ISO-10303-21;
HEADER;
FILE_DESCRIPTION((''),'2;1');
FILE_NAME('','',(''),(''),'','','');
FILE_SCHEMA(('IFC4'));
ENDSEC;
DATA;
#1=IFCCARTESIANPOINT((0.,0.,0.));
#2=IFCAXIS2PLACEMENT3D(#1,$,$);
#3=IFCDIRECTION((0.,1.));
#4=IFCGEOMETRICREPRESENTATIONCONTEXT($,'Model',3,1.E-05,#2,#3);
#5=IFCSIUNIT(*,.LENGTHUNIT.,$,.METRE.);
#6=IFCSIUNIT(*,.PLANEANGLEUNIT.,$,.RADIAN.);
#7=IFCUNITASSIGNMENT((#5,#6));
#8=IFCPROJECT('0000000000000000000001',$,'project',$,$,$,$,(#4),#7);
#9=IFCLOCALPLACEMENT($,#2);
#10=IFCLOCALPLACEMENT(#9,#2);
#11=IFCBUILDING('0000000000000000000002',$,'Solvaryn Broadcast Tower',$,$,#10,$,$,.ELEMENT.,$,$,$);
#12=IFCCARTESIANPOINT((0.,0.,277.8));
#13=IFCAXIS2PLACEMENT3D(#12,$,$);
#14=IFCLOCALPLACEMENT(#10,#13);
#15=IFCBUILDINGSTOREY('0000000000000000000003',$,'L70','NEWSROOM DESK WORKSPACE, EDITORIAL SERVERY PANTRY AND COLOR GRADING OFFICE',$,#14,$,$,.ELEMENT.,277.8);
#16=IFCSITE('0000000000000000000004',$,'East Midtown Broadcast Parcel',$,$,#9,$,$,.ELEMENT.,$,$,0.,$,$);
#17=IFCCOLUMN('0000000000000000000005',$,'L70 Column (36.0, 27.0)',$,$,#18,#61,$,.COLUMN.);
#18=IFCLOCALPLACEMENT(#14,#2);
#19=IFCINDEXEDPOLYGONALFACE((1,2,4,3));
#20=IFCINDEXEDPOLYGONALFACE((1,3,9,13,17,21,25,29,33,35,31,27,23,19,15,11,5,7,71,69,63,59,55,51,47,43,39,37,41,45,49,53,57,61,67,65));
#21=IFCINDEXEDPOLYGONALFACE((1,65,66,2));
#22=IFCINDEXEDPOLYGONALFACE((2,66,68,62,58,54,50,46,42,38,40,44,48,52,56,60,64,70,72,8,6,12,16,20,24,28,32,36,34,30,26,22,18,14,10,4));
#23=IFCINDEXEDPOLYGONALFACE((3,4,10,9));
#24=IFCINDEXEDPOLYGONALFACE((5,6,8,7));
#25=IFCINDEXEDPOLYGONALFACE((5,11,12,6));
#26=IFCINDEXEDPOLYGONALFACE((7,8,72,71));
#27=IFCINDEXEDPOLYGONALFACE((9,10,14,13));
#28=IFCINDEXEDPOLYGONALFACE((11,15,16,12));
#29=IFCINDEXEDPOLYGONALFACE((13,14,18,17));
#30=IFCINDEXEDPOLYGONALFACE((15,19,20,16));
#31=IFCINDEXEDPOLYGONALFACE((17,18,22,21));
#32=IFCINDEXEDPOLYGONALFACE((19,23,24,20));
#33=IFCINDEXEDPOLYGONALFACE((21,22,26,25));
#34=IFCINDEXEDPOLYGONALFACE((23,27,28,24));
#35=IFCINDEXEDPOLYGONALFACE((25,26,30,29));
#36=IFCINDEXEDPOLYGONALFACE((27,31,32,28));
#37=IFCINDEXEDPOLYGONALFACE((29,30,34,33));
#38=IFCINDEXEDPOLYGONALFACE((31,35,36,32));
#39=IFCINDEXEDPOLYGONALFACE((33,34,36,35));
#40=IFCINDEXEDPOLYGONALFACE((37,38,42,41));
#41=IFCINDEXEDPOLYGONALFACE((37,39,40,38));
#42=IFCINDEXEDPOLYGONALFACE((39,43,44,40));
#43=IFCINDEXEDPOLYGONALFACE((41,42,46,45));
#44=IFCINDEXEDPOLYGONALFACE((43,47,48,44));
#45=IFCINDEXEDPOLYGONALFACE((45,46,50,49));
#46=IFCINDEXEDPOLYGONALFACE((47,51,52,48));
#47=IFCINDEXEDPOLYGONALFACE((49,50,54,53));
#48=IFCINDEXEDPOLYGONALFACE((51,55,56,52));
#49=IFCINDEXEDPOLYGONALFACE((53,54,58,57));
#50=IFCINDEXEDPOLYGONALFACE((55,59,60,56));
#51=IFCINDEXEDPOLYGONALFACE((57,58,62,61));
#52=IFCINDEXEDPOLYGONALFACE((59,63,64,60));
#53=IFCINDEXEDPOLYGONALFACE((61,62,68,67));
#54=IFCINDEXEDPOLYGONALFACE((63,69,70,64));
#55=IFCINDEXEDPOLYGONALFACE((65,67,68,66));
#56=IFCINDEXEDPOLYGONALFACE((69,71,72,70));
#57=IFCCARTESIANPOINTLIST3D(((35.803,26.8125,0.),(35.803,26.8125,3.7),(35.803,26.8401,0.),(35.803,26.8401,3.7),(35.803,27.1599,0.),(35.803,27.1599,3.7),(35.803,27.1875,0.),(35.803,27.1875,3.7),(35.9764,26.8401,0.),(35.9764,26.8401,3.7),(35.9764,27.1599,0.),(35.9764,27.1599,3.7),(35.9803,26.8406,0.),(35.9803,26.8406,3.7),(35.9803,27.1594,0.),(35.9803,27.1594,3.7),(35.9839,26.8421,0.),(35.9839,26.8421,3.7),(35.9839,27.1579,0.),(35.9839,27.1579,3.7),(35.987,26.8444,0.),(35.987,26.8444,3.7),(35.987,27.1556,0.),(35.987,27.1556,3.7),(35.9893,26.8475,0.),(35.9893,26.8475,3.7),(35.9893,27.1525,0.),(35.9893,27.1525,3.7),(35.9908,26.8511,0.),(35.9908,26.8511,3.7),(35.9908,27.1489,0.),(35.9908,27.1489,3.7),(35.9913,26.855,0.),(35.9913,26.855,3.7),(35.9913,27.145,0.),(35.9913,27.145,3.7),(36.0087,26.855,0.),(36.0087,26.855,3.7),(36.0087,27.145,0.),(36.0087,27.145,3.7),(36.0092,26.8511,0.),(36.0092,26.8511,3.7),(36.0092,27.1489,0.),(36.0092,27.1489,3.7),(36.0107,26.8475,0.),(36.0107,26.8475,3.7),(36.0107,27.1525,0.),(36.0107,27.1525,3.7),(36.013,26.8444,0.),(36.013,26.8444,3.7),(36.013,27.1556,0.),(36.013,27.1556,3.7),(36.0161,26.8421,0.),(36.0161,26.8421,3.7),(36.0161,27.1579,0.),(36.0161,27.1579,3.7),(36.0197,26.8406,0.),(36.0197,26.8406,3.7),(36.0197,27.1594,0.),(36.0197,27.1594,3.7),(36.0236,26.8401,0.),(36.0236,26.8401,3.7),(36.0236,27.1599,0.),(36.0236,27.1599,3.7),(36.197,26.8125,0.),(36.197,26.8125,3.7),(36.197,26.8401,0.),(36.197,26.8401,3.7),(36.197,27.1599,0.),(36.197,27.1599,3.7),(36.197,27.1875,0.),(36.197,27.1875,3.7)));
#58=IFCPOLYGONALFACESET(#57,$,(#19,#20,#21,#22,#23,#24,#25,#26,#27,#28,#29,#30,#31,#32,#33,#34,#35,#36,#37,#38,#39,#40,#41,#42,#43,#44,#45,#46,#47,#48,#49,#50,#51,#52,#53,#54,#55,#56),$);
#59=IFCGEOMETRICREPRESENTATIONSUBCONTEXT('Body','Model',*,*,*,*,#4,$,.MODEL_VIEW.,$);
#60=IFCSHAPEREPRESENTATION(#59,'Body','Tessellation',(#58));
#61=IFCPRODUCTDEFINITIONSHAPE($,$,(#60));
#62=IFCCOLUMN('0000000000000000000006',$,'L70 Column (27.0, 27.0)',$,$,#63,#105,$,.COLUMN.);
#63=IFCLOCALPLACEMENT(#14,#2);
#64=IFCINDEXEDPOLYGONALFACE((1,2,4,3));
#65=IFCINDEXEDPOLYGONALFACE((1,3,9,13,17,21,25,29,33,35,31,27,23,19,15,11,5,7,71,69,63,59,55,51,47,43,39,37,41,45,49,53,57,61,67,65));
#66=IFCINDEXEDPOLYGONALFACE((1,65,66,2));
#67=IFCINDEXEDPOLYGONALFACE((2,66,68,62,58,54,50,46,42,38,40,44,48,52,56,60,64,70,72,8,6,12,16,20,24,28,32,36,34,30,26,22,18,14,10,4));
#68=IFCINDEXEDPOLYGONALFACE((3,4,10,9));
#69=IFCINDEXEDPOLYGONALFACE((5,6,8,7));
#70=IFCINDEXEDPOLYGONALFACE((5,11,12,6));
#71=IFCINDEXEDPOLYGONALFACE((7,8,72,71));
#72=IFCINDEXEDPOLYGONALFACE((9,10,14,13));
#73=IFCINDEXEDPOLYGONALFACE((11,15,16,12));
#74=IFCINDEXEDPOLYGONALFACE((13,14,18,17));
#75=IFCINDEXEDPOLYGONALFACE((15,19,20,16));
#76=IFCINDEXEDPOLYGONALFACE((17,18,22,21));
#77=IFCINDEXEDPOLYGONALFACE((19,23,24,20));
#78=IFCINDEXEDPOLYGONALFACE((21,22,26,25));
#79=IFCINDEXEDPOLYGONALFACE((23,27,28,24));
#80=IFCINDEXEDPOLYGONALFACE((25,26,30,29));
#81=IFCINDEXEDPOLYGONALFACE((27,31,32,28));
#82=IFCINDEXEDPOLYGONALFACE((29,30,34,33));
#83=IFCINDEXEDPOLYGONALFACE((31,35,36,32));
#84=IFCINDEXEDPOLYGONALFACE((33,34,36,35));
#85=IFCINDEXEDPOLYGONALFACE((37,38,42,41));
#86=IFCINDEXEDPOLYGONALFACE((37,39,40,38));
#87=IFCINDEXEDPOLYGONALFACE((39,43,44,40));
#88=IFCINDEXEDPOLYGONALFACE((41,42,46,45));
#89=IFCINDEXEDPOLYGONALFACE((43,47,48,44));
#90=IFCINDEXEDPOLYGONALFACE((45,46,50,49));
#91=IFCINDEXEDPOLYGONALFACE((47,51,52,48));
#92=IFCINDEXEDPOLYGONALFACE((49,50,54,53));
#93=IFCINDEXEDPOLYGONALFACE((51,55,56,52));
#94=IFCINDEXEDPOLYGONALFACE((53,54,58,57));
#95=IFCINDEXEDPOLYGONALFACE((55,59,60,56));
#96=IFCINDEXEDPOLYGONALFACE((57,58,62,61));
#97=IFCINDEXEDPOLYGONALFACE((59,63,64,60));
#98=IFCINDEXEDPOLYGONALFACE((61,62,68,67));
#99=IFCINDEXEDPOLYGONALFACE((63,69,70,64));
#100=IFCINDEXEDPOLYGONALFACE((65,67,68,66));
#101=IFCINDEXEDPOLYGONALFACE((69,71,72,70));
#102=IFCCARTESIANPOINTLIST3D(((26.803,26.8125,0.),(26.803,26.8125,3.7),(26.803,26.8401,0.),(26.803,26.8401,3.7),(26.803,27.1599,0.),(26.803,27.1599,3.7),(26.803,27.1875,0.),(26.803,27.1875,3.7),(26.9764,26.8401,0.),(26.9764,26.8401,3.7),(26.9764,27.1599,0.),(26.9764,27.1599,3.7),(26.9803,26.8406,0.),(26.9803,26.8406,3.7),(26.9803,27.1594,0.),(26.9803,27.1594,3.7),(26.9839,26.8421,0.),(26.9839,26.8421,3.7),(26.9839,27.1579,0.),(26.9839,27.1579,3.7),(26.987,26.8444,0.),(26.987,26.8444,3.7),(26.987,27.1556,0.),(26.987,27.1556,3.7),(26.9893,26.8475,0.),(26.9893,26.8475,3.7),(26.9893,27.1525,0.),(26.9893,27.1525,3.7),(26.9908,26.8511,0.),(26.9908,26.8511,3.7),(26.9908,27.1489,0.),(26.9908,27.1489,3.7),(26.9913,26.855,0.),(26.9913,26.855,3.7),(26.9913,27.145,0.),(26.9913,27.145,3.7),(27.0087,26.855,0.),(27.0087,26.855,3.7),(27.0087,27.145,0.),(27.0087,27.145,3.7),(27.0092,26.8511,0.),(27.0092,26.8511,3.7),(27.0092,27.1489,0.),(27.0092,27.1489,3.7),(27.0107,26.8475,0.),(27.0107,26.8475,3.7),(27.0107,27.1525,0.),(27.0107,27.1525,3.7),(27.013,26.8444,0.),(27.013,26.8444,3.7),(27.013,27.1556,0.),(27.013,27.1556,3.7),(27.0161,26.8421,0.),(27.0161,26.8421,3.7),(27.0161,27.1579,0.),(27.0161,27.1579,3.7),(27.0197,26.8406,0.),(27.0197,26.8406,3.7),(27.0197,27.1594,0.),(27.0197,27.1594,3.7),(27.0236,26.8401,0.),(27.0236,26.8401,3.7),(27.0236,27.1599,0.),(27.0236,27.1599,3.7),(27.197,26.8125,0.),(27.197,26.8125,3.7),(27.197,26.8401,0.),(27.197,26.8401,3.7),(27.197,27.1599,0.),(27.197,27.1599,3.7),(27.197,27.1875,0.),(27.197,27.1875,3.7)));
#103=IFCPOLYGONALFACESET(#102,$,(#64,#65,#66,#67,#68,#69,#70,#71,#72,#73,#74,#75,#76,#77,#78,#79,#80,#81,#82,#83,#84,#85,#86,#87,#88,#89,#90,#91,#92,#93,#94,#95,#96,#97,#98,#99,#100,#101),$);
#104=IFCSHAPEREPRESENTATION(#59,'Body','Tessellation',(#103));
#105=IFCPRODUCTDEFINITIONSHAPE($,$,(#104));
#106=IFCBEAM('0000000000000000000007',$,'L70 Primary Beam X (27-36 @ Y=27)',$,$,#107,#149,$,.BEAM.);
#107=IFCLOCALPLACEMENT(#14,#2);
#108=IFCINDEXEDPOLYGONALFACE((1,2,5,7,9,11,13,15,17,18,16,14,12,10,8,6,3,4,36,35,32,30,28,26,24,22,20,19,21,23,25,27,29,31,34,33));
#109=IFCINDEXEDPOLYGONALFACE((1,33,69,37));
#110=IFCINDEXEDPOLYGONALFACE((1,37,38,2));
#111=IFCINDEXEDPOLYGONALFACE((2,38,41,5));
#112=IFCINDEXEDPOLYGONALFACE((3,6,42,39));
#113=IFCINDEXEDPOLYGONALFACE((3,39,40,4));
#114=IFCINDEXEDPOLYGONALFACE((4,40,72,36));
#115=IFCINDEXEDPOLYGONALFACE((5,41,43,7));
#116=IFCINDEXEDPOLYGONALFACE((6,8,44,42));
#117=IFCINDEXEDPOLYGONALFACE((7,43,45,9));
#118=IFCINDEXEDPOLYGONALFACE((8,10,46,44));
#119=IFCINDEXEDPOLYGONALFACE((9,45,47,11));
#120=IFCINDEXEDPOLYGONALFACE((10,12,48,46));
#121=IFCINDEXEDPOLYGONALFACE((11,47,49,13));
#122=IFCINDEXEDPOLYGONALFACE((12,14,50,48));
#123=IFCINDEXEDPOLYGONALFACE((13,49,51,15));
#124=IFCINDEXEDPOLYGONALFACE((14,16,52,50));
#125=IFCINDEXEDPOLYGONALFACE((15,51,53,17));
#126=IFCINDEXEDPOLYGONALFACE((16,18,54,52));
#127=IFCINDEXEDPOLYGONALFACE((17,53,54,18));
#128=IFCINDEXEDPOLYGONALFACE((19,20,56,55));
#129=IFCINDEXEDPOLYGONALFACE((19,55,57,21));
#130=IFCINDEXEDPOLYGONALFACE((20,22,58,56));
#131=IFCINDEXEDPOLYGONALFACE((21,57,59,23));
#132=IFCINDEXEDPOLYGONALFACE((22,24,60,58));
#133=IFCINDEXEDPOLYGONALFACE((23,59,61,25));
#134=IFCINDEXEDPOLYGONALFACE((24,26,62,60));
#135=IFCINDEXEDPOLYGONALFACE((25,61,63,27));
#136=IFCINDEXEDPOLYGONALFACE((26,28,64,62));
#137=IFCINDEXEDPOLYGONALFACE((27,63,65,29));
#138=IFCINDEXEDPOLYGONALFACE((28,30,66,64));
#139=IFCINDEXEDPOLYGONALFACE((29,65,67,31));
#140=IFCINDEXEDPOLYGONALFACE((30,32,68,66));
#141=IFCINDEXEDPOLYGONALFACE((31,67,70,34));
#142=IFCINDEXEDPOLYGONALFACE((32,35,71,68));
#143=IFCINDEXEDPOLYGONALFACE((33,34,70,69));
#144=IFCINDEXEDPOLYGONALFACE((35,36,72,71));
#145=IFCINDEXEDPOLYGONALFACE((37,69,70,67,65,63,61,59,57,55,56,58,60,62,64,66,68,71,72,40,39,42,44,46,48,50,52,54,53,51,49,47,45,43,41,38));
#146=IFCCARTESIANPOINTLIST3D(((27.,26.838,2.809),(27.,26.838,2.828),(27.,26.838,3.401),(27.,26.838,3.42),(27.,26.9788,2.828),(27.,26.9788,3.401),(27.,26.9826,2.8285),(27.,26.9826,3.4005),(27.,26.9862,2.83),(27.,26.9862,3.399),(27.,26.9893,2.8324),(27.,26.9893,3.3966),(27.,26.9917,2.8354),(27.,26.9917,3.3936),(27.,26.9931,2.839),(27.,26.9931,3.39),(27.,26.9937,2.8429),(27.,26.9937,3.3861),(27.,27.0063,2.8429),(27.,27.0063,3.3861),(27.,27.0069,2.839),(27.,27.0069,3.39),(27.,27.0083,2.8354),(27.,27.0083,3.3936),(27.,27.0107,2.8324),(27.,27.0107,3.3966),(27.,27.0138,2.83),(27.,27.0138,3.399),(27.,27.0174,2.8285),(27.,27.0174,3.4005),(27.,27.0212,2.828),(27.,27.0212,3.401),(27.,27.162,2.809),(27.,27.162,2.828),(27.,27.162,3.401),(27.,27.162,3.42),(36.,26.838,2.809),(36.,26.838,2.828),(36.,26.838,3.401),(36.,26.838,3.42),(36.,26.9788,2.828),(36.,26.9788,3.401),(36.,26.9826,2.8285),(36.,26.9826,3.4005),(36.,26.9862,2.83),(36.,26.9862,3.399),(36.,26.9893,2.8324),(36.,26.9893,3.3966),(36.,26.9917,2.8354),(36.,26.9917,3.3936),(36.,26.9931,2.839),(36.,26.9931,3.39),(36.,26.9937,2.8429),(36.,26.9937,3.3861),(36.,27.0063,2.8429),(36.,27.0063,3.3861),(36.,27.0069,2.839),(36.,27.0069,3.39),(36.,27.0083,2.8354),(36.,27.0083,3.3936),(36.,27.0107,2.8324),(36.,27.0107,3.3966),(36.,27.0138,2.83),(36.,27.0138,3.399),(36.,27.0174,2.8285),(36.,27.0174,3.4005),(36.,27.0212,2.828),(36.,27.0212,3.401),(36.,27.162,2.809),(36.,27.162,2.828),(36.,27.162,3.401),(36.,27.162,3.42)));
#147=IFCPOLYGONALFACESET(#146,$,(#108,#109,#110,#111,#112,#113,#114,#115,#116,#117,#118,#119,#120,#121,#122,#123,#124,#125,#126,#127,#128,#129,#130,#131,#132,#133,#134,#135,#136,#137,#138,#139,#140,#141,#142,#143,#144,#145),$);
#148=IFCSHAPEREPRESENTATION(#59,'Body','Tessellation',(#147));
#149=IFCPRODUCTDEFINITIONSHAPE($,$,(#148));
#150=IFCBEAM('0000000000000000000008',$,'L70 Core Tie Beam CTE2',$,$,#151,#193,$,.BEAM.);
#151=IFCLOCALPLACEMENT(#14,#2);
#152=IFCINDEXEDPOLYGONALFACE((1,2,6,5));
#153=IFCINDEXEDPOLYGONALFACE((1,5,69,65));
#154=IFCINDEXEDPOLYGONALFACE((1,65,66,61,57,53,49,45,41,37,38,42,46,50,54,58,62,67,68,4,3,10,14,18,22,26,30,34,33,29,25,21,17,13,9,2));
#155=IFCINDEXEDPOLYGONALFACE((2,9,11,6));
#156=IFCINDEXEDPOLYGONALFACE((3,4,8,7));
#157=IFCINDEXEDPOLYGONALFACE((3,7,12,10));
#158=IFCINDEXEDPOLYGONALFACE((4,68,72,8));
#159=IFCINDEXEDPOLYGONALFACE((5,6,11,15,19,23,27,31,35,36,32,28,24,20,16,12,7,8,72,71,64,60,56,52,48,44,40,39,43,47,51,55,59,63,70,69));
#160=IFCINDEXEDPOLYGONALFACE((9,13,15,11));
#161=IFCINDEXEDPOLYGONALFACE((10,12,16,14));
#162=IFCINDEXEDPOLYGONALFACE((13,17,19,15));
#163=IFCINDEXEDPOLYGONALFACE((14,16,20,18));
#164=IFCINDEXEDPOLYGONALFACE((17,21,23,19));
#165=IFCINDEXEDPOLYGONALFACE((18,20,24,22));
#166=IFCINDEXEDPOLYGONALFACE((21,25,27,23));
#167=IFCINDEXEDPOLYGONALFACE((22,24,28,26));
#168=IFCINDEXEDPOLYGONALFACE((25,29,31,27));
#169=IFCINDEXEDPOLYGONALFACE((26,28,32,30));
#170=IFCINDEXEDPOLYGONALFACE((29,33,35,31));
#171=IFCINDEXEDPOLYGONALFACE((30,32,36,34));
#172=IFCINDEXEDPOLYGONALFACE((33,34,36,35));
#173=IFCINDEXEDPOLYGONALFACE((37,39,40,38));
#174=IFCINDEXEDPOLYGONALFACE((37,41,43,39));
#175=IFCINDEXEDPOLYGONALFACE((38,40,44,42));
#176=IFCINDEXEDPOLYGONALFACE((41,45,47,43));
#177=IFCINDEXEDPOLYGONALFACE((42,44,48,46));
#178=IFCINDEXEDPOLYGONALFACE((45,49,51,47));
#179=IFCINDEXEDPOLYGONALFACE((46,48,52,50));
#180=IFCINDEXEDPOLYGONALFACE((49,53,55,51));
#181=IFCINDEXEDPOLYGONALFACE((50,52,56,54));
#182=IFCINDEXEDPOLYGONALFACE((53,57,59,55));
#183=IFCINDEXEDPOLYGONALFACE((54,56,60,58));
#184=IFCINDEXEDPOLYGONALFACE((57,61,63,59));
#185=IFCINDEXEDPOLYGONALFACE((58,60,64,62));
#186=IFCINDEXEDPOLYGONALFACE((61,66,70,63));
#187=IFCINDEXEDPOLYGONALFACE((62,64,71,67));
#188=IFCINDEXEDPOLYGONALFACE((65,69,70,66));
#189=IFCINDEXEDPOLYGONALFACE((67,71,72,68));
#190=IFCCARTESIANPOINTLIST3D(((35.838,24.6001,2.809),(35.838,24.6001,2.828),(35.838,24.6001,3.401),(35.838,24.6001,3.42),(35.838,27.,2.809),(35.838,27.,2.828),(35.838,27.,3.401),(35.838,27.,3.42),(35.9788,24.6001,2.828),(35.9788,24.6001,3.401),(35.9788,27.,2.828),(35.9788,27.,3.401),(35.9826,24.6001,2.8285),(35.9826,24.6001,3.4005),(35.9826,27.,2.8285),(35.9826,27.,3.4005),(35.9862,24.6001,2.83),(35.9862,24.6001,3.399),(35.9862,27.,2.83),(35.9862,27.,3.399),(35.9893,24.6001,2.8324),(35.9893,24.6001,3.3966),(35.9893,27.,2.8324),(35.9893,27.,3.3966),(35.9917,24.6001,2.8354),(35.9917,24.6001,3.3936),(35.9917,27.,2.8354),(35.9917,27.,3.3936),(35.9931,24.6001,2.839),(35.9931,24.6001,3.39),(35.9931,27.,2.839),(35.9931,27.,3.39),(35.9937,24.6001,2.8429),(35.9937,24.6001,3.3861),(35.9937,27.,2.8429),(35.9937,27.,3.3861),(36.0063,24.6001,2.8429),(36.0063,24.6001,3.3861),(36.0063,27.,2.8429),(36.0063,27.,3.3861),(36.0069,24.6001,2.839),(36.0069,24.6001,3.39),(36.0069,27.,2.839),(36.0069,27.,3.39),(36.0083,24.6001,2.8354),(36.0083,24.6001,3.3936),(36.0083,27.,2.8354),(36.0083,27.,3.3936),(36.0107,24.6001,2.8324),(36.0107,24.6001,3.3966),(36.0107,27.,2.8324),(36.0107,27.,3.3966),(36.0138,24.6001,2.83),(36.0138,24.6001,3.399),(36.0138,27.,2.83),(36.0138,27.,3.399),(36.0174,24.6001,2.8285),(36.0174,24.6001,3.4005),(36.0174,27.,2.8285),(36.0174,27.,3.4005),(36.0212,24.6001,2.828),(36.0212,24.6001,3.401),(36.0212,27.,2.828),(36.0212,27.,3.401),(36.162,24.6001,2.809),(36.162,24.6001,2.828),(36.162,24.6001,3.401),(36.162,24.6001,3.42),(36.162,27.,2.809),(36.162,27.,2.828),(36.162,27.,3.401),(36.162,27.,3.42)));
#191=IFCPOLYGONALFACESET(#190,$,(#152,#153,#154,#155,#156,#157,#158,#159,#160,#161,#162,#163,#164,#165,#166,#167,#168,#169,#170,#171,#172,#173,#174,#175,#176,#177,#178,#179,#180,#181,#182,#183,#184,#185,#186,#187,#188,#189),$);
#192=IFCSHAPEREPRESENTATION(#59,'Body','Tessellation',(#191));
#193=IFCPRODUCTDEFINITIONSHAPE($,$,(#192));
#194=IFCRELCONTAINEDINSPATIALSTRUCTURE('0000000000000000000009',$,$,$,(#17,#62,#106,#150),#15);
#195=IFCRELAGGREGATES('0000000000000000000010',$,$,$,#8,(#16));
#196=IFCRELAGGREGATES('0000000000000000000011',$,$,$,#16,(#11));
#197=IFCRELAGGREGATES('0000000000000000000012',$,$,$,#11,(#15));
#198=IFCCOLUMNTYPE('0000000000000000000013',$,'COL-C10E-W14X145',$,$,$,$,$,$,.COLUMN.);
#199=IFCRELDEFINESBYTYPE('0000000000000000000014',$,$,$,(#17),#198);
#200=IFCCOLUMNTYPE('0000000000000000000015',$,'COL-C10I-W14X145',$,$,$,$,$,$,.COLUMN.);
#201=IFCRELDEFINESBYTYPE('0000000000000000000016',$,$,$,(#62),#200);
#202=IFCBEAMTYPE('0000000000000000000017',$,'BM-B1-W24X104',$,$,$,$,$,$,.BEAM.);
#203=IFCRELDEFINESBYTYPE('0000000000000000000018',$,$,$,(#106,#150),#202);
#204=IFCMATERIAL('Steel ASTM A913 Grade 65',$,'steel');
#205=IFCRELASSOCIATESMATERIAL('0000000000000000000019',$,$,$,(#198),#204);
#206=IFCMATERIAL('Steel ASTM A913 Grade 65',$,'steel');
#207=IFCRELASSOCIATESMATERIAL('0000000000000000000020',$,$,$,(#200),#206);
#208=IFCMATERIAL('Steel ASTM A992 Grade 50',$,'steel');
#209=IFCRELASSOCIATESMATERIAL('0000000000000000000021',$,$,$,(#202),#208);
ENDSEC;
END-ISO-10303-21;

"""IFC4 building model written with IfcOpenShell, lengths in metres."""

from ifc_helpers import new_model, si_unit, direction, frame, origin, origin_2d, place, context, subcontext, project, spatial, i_section, extrude, material, material_profile, profile_set, type_object, element, save


model = new_model("IFC4")

# Units and contexts
model_context = context("Model", 3, precision=1e-05, world=origin(), true_north=direction((0.0, 1.0)))
body_context = subcontext(model_context, "Body", "Model", "MODEL_VIEW")
ifc_project = project(units=[si_unit("LENGTHUNIT", "METRE"), si_unit("PLANEANGLEUNIT", "RADIAN")], contexts=[model_context])

# Site, building, storey
site_placement = place(None, origin())
site = spatial("IfcSite", under=ifc_project, at=site_placement, Name="East Midtown Broadcast Parcel", CompositionType="ELEMENT", RefElevation=0.0)
building_placement = place(site_placement, origin())
building = spatial("IfcBuilding", under=site, at=building_placement, Name="Solvaryn Broadcast Tower", CompositionType="ELEMENT")
storey_placement = place(building_placement, frame((0.0, 0.0, 277.8)))
storey = spatial("IfcBuildingStorey", under=building, at=storey_placement, Name="L70", Description="NEWSROOM DESK WORKSPACE, EDITORIAL SERVERY PANTRY AND COLOR GRADING OFFICE", CompositionType="ELEMENT", Elevation=277.8)

# Columns
ifc_material_1 = material(Name="Steel ASTM A913 Grade 65", Category="steel")
ifc_material_profile_1 = material_profile(ifc_material_1, i_section(OverallWidth=0.394, OverallDepth=0.375, WebThickness=0.0173, FlangeThickness=0.0276, FilletRadius=0.0149, at=origin_2d()))
ifc_profile_set_1 = profile_set([ifc_material_profile_1], Name="Steel ASTM A913 Grade 65")
column_type_1 = type_object("IfcColumnType", Name="COL-C10E-W14X145", PredefinedType="COLUMN", material=ifc_profile_set_1)
column_1_placement = place(storey_placement, frame((36.0, 27.0, 0.0), z_axis=(0.0, 0.0, 1.0), x_axis=(1.0, 0.0, 0.0)))
element("IfcColumn", 1, at=column_1_placement, inside=storey, type_object=column_type_1, Name="L70 Column (36.0, 27.0)", PredefinedType="COLUMN", context=body_context, shape_type="SweptSolid", body=[
    extrude(i_section(OverallWidth=0.394, OverallDepth=0.375, WebThickness=0.0173, FlangeThickness=0.0276, FilletRadius=0.0149, at=origin_2d()), origin(), (0.0, 0.0, 1.0), 3.7),
])
ifc_material_2 = material(Name="Steel ASTM A913 Grade 65", Category="steel")
ifc_material_profile_2 = material_profile(ifc_material_2, i_section(OverallWidth=0.394, OverallDepth=0.375, WebThickness=0.0173, FlangeThickness=0.0276, FilletRadius=0.0149, at=origin_2d()))
ifc_profile_set_2 = profile_set([ifc_material_profile_2], Name="Steel ASTM A913 Grade 65")
column_type_2 = type_object("IfcColumnType", Name="COL-C10I-W14X145", PredefinedType="COLUMN", material=ifc_profile_set_2)
column_2_placement = place(storey_placement, frame((27.0, 27.0, 0.0), z_axis=(0.0, 0.0, 1.0), x_axis=(1.0, 0.0, 0.0)))
element("IfcColumn", 2, at=column_2_placement, inside=storey, type_object=column_type_2, Name="L70 Column (27.0, 27.0)", PredefinedType="COLUMN", context=body_context, shape_type="SweptSolid", body=[
    extrude(i_section(OverallWidth=0.394, OverallDepth=0.375, WebThickness=0.0173, FlangeThickness=0.0276, FilletRadius=0.0149, at=origin_2d()), origin(), (0.0, 0.0, 1.0), 3.7),
])

# Beams
ifc_material_3 = material(Name="Steel ASTM A992 Grade 50", Category="steel")
ifc_material_profile_3 = material_profile(ifc_material_3, i_section(OverallWidth=0.324, OverallDepth=0.6111, WebThickness=0.0127, FlangeThickness=0.019, FilletRadius=0.0149, at=origin_2d()))
ifc_profile_set_3 = profile_set([ifc_material_profile_3], Name="Steel ASTM A992 Grade 50")
beam_type_1 = type_object("IfcBeamType", Name="BM-B1-W24X104", PredefinedType="BEAM", material=ifc_profile_set_3)
beam_1_placement = place(storey_placement, frame((27.0, 27.0, 3.1145), z_axis=(1.0, 0.0, 0.0), x_axis=(0.0, 1.0, 0.0)))
element("IfcBeam", 3, at=beam_1_placement, inside=storey, type_object=beam_type_1, Name="L70 Primary Beam X (27-36 @ Y=27)", PredefinedType="BEAM", context=body_context, shape_type="SweptSolid", body=[
    extrude(i_section(OverallWidth=0.324, OverallDepth=0.6111, WebThickness=0.0127, FlangeThickness=0.019, FilletRadius=0.0149, at=origin_2d()), origin(), (0.0, 0.0, 1.0), 9.0),
])
beam_2_placement = place(storey_placement, frame((36.0, 24.6001, 3.1145), z_axis=(0.0, 1.0, 0.0), x_axis=(-1.0, 0.0, 0.0)))
element("IfcBeam", 4, at=beam_2_placement, inside=storey, type_object=beam_type_1, Name="L70 Core Tie Beam CTE2", PredefinedType="BEAM", context=body_context, shape_type="SweptSolid", body=[
    extrude(i_section(OverallWidth=0.324, OverallDepth=0.6111, WebThickness=0.0127, FlangeThickness=0.019, FilletRadius=0.0149, at=origin_2d()), origin(), (0.0, 0.0, 1.0), 2.3999),
])

save(model, "model.ifc")
